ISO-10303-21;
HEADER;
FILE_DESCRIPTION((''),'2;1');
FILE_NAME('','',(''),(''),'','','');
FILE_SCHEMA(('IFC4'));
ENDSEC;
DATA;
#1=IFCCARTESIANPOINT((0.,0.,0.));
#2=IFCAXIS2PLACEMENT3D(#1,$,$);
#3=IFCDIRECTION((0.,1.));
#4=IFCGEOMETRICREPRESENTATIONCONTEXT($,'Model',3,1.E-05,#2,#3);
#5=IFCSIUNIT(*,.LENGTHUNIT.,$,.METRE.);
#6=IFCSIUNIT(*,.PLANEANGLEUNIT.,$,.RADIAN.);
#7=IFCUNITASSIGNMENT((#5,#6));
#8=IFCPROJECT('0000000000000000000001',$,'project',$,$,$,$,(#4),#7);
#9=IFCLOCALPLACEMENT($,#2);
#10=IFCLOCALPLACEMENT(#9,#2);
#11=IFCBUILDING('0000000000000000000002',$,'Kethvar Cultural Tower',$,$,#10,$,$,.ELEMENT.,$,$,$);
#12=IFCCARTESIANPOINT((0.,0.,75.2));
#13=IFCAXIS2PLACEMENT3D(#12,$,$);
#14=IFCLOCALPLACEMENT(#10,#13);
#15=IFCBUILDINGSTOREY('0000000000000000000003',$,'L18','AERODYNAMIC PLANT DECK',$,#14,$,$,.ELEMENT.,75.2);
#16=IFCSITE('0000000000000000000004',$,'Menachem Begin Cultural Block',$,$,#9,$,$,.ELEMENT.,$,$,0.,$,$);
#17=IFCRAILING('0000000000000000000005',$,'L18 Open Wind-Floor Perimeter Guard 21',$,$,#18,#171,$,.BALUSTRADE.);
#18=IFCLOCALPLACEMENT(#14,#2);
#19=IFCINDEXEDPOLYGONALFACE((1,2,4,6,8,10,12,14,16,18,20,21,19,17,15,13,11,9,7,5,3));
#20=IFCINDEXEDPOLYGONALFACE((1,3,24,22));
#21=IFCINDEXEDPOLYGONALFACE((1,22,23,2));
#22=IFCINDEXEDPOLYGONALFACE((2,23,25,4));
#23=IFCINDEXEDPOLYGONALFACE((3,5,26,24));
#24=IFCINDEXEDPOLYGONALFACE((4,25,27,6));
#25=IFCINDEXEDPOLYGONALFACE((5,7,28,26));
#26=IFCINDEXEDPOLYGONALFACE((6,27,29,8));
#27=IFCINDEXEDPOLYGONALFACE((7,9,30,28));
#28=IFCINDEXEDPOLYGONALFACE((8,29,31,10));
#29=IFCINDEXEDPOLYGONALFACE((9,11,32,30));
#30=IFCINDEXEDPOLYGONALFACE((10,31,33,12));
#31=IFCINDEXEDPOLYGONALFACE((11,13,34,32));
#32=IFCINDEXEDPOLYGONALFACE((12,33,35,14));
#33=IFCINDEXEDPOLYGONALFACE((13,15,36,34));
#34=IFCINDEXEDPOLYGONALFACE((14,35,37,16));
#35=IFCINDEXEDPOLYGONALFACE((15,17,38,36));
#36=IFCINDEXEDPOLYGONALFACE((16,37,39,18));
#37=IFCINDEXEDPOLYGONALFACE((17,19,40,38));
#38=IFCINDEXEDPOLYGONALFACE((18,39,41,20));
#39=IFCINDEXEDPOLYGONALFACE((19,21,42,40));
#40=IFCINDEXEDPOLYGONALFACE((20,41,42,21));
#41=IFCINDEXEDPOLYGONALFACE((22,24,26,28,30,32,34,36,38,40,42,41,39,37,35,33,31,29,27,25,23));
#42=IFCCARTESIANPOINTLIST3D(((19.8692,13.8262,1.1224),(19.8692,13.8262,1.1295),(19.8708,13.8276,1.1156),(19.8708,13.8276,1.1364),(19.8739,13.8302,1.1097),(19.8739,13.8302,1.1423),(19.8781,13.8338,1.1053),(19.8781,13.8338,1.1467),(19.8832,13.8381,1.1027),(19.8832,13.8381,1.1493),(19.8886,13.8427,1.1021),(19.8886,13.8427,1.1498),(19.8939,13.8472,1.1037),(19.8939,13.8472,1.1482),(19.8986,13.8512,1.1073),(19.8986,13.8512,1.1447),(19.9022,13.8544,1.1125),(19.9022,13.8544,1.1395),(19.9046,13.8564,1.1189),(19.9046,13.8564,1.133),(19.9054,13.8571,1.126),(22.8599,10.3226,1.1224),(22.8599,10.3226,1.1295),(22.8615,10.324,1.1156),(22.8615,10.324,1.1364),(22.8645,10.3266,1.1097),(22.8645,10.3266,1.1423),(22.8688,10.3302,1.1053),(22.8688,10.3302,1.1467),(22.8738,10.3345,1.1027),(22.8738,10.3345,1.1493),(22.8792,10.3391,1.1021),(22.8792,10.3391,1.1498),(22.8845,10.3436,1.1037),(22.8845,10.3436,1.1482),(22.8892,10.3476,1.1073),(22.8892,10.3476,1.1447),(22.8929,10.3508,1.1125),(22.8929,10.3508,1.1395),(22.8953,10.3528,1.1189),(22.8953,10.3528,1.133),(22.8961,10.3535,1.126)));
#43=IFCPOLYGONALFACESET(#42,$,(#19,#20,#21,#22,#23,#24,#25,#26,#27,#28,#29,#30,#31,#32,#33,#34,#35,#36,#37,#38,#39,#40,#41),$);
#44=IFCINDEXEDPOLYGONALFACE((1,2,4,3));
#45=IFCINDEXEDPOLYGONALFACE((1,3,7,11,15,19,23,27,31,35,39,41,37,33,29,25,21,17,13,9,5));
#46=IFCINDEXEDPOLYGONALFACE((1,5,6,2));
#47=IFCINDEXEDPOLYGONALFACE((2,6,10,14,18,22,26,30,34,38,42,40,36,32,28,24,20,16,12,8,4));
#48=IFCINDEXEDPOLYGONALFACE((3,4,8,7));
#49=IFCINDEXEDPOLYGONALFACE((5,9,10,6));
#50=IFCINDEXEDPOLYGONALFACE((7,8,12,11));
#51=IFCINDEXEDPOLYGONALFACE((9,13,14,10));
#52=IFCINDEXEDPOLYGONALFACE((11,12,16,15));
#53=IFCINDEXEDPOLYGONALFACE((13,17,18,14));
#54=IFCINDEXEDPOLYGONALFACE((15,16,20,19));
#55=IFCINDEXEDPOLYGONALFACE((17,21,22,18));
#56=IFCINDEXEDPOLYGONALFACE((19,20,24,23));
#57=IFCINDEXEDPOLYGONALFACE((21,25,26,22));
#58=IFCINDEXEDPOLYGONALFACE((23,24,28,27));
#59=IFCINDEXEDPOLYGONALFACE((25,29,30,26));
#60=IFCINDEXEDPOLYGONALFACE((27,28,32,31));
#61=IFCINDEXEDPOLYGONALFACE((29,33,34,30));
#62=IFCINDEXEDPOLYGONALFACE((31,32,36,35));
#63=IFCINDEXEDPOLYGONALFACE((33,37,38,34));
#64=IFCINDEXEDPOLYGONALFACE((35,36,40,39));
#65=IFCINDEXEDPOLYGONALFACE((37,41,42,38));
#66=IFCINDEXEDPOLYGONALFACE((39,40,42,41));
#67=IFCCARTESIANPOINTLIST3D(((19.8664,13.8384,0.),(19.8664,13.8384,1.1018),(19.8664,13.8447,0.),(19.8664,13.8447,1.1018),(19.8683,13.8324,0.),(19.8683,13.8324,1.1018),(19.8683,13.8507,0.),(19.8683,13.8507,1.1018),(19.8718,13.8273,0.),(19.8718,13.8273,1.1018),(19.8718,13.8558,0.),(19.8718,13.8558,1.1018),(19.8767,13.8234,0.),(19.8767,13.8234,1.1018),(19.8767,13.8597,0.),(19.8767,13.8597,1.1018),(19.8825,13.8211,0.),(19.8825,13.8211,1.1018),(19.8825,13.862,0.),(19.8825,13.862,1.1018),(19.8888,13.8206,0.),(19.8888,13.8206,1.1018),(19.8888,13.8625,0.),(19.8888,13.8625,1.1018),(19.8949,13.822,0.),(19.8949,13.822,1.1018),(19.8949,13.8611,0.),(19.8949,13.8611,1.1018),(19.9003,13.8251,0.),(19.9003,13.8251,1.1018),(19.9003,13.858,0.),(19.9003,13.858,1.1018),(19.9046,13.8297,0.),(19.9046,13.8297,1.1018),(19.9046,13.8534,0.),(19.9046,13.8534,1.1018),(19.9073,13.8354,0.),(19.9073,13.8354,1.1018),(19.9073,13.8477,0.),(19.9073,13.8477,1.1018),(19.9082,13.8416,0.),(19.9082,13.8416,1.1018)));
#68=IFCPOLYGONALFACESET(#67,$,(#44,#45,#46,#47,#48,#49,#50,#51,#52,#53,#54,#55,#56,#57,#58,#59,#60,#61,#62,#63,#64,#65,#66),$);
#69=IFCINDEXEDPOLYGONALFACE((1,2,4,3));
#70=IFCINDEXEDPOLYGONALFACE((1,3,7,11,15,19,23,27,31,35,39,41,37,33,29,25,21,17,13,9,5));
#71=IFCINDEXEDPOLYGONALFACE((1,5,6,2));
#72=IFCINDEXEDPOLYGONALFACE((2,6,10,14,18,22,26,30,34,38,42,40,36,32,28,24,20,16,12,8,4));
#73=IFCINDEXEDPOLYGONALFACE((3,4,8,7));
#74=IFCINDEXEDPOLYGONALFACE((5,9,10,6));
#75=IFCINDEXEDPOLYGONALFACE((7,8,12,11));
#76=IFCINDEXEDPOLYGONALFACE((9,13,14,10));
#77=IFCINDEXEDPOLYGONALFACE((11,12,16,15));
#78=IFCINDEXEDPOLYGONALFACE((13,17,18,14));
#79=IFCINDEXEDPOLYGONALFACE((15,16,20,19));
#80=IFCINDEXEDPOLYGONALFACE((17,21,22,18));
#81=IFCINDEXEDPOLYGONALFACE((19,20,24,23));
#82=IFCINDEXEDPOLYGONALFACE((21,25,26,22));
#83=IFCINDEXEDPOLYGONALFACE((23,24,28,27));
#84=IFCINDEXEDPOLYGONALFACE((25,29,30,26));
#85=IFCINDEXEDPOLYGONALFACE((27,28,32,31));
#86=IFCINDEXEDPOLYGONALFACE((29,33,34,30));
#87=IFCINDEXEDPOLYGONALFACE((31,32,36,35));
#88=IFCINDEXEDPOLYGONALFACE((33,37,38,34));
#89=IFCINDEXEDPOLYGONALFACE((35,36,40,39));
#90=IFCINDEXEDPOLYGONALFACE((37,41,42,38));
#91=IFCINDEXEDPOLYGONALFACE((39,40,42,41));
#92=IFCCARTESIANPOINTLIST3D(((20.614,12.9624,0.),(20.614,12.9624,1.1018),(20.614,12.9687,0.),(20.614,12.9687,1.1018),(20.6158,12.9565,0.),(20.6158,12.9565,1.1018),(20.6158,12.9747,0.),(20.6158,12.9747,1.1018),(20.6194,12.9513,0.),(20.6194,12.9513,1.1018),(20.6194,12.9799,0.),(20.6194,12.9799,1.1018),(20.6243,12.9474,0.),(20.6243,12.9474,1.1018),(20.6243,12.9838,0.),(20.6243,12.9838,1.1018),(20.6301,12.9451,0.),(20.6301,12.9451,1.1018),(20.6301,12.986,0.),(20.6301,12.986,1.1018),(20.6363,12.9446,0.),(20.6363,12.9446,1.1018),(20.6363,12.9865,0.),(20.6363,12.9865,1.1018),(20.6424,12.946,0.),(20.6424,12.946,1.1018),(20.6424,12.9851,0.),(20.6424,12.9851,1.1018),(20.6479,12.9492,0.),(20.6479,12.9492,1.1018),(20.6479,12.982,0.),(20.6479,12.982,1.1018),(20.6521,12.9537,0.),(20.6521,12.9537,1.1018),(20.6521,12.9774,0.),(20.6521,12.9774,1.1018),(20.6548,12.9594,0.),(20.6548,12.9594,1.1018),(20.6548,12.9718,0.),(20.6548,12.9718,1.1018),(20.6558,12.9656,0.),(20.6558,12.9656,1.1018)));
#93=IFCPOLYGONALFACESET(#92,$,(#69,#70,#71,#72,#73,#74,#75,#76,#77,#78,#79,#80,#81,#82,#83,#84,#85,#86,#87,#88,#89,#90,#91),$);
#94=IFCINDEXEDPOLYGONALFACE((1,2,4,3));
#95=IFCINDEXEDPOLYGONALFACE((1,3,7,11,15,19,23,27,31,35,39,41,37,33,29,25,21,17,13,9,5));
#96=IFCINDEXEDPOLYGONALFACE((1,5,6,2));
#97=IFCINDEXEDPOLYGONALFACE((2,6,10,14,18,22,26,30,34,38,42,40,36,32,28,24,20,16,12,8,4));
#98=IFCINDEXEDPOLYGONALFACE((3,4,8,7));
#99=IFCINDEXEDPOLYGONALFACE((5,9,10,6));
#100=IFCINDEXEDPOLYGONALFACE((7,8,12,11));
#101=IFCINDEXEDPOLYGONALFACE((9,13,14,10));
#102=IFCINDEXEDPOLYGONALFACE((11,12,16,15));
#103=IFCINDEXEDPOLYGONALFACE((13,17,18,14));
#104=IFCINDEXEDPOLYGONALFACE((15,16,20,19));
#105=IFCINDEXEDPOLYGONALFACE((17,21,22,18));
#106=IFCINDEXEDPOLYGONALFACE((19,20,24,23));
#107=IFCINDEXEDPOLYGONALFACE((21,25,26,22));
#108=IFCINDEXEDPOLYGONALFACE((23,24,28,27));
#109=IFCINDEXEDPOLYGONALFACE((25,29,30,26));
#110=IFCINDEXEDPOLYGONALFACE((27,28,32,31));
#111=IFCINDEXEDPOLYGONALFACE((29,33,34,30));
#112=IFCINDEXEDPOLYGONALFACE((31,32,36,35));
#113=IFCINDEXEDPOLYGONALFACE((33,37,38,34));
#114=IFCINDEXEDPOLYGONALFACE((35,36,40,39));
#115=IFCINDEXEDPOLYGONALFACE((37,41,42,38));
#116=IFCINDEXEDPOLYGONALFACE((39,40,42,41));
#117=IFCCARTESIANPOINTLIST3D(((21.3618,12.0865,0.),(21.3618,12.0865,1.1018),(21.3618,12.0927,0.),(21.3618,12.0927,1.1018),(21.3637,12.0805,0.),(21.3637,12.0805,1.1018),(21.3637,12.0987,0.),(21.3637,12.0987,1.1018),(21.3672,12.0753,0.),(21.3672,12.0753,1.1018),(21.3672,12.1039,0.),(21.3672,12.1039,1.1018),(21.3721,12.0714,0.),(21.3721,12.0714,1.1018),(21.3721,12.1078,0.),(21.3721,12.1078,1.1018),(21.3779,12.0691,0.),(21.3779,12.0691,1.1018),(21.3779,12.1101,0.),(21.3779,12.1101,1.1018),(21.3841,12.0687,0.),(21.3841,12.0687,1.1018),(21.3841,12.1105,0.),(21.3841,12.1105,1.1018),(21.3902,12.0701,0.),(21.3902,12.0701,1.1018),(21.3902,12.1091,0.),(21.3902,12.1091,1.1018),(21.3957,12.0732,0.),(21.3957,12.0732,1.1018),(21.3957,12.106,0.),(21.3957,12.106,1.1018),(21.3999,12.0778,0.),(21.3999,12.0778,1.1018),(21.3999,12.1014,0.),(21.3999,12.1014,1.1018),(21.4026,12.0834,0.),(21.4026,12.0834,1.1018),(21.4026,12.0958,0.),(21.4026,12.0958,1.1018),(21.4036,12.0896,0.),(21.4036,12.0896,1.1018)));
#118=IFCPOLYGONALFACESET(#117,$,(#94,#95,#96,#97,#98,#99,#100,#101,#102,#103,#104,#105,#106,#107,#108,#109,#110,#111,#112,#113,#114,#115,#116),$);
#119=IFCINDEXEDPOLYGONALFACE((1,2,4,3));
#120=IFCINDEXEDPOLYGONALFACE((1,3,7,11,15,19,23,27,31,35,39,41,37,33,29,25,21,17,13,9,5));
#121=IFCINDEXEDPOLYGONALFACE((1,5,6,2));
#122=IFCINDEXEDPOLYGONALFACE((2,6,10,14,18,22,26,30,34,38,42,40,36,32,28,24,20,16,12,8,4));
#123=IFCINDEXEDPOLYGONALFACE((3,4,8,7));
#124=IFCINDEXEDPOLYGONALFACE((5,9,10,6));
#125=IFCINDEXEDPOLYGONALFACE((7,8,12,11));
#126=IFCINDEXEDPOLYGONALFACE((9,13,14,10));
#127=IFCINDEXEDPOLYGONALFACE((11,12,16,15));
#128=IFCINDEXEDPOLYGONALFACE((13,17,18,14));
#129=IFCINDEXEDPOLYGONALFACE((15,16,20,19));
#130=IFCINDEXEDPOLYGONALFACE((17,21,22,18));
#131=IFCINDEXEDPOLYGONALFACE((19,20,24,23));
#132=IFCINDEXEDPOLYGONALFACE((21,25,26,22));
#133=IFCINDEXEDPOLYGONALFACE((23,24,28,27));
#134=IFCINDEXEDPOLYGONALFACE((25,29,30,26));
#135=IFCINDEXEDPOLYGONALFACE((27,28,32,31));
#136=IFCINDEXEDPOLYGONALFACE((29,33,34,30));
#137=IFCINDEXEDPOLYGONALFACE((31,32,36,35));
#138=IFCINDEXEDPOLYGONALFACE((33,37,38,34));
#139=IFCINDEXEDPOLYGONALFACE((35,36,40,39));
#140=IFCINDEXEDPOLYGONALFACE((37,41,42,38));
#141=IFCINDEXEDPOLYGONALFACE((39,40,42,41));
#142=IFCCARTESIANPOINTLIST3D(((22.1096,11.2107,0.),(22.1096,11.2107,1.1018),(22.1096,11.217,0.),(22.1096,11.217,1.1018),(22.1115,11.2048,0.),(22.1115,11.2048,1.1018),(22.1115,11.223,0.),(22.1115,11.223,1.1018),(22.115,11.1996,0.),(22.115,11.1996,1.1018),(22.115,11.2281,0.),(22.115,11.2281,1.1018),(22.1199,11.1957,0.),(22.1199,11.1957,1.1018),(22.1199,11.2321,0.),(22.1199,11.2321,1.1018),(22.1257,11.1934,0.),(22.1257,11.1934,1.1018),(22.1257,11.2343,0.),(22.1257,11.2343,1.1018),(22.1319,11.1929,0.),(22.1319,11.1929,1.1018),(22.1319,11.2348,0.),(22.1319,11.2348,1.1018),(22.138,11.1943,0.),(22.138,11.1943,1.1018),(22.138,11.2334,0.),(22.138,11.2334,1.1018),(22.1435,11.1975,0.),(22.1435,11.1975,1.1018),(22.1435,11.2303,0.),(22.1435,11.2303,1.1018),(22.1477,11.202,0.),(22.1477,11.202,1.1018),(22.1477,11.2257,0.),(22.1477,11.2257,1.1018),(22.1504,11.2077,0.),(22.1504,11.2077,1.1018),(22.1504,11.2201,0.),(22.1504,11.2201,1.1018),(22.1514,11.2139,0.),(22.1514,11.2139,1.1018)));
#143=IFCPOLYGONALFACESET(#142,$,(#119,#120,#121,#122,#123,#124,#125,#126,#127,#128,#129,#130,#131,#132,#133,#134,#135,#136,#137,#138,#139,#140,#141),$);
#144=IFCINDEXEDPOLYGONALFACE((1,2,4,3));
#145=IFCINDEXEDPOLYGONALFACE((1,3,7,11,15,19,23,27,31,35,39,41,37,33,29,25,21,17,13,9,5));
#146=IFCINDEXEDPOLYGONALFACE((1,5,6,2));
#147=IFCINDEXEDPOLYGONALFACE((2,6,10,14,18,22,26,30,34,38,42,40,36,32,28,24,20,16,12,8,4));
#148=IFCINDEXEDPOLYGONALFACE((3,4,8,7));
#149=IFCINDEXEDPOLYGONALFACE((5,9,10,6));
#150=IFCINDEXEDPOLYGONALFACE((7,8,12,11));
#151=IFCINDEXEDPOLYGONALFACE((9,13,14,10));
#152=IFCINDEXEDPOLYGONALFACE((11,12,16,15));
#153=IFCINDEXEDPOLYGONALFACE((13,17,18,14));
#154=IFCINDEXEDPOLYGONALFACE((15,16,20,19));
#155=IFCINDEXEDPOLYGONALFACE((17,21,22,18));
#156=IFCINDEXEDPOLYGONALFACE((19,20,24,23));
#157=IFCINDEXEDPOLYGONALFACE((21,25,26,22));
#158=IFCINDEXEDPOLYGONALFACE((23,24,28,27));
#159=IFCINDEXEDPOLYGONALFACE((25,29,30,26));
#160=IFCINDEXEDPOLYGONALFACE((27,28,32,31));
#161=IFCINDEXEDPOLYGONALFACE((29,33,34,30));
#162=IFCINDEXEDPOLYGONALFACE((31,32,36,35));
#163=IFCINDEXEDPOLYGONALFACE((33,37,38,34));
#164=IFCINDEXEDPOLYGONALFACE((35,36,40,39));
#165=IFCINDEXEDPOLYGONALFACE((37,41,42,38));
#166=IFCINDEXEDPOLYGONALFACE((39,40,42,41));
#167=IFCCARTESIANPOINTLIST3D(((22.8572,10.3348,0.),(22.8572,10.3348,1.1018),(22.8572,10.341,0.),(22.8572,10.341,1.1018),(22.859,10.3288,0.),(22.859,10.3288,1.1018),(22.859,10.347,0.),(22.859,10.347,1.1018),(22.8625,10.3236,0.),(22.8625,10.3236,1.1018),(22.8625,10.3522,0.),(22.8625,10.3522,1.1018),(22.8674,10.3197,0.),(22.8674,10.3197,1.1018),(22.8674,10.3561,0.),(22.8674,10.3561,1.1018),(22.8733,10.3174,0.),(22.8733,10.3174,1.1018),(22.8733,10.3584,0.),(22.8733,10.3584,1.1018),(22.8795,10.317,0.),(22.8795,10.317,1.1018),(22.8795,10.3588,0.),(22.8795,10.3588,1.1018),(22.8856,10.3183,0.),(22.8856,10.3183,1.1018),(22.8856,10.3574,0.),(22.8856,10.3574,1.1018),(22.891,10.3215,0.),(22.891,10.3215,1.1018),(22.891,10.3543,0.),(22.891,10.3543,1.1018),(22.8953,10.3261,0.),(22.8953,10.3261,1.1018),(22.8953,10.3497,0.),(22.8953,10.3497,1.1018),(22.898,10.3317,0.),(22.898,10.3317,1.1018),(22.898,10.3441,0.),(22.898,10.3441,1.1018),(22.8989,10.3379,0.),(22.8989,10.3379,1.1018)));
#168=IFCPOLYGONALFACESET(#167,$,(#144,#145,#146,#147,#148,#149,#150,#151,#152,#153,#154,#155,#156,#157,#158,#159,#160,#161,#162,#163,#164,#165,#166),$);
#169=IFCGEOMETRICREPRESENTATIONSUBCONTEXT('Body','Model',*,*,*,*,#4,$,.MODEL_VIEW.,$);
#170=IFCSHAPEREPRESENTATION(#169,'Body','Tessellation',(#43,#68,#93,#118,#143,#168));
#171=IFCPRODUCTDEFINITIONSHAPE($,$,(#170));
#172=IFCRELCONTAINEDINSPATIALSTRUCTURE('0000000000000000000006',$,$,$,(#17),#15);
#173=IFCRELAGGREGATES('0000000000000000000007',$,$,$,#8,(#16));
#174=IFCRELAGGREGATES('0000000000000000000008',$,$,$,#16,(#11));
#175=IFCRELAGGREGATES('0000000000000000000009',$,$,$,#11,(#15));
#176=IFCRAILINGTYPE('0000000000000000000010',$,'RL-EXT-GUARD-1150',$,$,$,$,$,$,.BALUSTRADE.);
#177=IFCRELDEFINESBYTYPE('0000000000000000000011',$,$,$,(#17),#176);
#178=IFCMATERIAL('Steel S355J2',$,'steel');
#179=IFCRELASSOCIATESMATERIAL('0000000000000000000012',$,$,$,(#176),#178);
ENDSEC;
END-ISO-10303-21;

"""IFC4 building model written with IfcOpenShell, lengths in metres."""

from ifc_helpers import new_model, si_unit, direction, frame, origin, origin_2d, place, context, subcontext, project, spatial, circle, extrude, material, type_object, element, save


model = new_model("IFC4")

# Units and contexts
model_context = context("Model", 3, precision=1e-05, world=origin(), true_north=direction((0.0, 1.0)))
body_context = subcontext(model_context, "Body", "Model", "MODEL_VIEW")
ifc_project = project(units=[si_unit("LENGTHUNIT", "METRE"), si_unit("PLANEANGLEUNIT", "RADIAN")], contexts=[model_context])

# Site, building, storey
site_placement = place(None, origin())
site = spatial("IfcSite", under=ifc_project, at=site_placement, Name="Menachem Begin Cultural Block", CompositionType="ELEMENT", RefElevation=0.0)
building_placement = place(site_placement, origin())
building = spatial("IfcBuilding", under=site, at=building_placement, Name="Kethvar Cultural Tower", CompositionType="ELEMENT")
storey_placement = place(building_placement, frame((0.0, 0.0, 75.2)))
storey = spatial("IfcBuildingStorey", under=building, at=storey_placement, Name="L18", Description="AERODYNAMIC PLANT DECK", CompositionType="ELEMENT", Elevation=75.2)

# Shared definitions
ifc_material_1 = material(Name="Steel S355J2", Category="steel")

# Railing
railing_type = type_object("IfcRailingType", Name="RL-EXT-GUARD-1150", PredefinedType="BALUSTRADE", material=ifc_material_1)
railing_1_placement = place(storey_placement, frame((19.8872, 13.8416, 0.0)))
element("IfcRailing", 1, at=railing_1_placement, inside=storey, type_object=railing_type, Name="L18 Open Wind-Floor Perimeter Guard 21", PredefinedType="BALUSTRADE", context=body_context, shape_type="SweptSolid", body=[
    extrude(circle(Radius=0.0239, at=origin_2d()), frame((0.0, 0.0, 1.126), z_axis=(0.649236, -0.760587, 0.0), x_axis=(0.760587, 0.649236, 0.0)), (0.0, 0.0, 1.0), 4.6064),
    extrude(circle(Radius=0.021, at=origin_2d()), origin(), (0.0, 0.0, 1.0), 1.1018),
    extrude(circle(Radius=0.021, at=origin_2d()), frame((0.7476, -0.876, 0.0)), (0.0, 0.0, 1.0), 1.1018),
    extrude(circle(Radius=0.021, at=origin_2d()), frame((1.4954, -1.752, 0.0)), (0.0, 0.0, 1.0), 1.1018),
    extrude(circle(Radius=0.021, at=origin_2d()), frame((2.2432, -2.6277, 0.0)), (0.0, 0.0, 1.0), 1.1018),
    extrude(circle(Radius=0.021, at=origin_2d()), frame((2.9907, -3.5037, 0.0)), (0.0, 0.0, 1.0), 1.1018),
])

save(model, "model.ifc")
